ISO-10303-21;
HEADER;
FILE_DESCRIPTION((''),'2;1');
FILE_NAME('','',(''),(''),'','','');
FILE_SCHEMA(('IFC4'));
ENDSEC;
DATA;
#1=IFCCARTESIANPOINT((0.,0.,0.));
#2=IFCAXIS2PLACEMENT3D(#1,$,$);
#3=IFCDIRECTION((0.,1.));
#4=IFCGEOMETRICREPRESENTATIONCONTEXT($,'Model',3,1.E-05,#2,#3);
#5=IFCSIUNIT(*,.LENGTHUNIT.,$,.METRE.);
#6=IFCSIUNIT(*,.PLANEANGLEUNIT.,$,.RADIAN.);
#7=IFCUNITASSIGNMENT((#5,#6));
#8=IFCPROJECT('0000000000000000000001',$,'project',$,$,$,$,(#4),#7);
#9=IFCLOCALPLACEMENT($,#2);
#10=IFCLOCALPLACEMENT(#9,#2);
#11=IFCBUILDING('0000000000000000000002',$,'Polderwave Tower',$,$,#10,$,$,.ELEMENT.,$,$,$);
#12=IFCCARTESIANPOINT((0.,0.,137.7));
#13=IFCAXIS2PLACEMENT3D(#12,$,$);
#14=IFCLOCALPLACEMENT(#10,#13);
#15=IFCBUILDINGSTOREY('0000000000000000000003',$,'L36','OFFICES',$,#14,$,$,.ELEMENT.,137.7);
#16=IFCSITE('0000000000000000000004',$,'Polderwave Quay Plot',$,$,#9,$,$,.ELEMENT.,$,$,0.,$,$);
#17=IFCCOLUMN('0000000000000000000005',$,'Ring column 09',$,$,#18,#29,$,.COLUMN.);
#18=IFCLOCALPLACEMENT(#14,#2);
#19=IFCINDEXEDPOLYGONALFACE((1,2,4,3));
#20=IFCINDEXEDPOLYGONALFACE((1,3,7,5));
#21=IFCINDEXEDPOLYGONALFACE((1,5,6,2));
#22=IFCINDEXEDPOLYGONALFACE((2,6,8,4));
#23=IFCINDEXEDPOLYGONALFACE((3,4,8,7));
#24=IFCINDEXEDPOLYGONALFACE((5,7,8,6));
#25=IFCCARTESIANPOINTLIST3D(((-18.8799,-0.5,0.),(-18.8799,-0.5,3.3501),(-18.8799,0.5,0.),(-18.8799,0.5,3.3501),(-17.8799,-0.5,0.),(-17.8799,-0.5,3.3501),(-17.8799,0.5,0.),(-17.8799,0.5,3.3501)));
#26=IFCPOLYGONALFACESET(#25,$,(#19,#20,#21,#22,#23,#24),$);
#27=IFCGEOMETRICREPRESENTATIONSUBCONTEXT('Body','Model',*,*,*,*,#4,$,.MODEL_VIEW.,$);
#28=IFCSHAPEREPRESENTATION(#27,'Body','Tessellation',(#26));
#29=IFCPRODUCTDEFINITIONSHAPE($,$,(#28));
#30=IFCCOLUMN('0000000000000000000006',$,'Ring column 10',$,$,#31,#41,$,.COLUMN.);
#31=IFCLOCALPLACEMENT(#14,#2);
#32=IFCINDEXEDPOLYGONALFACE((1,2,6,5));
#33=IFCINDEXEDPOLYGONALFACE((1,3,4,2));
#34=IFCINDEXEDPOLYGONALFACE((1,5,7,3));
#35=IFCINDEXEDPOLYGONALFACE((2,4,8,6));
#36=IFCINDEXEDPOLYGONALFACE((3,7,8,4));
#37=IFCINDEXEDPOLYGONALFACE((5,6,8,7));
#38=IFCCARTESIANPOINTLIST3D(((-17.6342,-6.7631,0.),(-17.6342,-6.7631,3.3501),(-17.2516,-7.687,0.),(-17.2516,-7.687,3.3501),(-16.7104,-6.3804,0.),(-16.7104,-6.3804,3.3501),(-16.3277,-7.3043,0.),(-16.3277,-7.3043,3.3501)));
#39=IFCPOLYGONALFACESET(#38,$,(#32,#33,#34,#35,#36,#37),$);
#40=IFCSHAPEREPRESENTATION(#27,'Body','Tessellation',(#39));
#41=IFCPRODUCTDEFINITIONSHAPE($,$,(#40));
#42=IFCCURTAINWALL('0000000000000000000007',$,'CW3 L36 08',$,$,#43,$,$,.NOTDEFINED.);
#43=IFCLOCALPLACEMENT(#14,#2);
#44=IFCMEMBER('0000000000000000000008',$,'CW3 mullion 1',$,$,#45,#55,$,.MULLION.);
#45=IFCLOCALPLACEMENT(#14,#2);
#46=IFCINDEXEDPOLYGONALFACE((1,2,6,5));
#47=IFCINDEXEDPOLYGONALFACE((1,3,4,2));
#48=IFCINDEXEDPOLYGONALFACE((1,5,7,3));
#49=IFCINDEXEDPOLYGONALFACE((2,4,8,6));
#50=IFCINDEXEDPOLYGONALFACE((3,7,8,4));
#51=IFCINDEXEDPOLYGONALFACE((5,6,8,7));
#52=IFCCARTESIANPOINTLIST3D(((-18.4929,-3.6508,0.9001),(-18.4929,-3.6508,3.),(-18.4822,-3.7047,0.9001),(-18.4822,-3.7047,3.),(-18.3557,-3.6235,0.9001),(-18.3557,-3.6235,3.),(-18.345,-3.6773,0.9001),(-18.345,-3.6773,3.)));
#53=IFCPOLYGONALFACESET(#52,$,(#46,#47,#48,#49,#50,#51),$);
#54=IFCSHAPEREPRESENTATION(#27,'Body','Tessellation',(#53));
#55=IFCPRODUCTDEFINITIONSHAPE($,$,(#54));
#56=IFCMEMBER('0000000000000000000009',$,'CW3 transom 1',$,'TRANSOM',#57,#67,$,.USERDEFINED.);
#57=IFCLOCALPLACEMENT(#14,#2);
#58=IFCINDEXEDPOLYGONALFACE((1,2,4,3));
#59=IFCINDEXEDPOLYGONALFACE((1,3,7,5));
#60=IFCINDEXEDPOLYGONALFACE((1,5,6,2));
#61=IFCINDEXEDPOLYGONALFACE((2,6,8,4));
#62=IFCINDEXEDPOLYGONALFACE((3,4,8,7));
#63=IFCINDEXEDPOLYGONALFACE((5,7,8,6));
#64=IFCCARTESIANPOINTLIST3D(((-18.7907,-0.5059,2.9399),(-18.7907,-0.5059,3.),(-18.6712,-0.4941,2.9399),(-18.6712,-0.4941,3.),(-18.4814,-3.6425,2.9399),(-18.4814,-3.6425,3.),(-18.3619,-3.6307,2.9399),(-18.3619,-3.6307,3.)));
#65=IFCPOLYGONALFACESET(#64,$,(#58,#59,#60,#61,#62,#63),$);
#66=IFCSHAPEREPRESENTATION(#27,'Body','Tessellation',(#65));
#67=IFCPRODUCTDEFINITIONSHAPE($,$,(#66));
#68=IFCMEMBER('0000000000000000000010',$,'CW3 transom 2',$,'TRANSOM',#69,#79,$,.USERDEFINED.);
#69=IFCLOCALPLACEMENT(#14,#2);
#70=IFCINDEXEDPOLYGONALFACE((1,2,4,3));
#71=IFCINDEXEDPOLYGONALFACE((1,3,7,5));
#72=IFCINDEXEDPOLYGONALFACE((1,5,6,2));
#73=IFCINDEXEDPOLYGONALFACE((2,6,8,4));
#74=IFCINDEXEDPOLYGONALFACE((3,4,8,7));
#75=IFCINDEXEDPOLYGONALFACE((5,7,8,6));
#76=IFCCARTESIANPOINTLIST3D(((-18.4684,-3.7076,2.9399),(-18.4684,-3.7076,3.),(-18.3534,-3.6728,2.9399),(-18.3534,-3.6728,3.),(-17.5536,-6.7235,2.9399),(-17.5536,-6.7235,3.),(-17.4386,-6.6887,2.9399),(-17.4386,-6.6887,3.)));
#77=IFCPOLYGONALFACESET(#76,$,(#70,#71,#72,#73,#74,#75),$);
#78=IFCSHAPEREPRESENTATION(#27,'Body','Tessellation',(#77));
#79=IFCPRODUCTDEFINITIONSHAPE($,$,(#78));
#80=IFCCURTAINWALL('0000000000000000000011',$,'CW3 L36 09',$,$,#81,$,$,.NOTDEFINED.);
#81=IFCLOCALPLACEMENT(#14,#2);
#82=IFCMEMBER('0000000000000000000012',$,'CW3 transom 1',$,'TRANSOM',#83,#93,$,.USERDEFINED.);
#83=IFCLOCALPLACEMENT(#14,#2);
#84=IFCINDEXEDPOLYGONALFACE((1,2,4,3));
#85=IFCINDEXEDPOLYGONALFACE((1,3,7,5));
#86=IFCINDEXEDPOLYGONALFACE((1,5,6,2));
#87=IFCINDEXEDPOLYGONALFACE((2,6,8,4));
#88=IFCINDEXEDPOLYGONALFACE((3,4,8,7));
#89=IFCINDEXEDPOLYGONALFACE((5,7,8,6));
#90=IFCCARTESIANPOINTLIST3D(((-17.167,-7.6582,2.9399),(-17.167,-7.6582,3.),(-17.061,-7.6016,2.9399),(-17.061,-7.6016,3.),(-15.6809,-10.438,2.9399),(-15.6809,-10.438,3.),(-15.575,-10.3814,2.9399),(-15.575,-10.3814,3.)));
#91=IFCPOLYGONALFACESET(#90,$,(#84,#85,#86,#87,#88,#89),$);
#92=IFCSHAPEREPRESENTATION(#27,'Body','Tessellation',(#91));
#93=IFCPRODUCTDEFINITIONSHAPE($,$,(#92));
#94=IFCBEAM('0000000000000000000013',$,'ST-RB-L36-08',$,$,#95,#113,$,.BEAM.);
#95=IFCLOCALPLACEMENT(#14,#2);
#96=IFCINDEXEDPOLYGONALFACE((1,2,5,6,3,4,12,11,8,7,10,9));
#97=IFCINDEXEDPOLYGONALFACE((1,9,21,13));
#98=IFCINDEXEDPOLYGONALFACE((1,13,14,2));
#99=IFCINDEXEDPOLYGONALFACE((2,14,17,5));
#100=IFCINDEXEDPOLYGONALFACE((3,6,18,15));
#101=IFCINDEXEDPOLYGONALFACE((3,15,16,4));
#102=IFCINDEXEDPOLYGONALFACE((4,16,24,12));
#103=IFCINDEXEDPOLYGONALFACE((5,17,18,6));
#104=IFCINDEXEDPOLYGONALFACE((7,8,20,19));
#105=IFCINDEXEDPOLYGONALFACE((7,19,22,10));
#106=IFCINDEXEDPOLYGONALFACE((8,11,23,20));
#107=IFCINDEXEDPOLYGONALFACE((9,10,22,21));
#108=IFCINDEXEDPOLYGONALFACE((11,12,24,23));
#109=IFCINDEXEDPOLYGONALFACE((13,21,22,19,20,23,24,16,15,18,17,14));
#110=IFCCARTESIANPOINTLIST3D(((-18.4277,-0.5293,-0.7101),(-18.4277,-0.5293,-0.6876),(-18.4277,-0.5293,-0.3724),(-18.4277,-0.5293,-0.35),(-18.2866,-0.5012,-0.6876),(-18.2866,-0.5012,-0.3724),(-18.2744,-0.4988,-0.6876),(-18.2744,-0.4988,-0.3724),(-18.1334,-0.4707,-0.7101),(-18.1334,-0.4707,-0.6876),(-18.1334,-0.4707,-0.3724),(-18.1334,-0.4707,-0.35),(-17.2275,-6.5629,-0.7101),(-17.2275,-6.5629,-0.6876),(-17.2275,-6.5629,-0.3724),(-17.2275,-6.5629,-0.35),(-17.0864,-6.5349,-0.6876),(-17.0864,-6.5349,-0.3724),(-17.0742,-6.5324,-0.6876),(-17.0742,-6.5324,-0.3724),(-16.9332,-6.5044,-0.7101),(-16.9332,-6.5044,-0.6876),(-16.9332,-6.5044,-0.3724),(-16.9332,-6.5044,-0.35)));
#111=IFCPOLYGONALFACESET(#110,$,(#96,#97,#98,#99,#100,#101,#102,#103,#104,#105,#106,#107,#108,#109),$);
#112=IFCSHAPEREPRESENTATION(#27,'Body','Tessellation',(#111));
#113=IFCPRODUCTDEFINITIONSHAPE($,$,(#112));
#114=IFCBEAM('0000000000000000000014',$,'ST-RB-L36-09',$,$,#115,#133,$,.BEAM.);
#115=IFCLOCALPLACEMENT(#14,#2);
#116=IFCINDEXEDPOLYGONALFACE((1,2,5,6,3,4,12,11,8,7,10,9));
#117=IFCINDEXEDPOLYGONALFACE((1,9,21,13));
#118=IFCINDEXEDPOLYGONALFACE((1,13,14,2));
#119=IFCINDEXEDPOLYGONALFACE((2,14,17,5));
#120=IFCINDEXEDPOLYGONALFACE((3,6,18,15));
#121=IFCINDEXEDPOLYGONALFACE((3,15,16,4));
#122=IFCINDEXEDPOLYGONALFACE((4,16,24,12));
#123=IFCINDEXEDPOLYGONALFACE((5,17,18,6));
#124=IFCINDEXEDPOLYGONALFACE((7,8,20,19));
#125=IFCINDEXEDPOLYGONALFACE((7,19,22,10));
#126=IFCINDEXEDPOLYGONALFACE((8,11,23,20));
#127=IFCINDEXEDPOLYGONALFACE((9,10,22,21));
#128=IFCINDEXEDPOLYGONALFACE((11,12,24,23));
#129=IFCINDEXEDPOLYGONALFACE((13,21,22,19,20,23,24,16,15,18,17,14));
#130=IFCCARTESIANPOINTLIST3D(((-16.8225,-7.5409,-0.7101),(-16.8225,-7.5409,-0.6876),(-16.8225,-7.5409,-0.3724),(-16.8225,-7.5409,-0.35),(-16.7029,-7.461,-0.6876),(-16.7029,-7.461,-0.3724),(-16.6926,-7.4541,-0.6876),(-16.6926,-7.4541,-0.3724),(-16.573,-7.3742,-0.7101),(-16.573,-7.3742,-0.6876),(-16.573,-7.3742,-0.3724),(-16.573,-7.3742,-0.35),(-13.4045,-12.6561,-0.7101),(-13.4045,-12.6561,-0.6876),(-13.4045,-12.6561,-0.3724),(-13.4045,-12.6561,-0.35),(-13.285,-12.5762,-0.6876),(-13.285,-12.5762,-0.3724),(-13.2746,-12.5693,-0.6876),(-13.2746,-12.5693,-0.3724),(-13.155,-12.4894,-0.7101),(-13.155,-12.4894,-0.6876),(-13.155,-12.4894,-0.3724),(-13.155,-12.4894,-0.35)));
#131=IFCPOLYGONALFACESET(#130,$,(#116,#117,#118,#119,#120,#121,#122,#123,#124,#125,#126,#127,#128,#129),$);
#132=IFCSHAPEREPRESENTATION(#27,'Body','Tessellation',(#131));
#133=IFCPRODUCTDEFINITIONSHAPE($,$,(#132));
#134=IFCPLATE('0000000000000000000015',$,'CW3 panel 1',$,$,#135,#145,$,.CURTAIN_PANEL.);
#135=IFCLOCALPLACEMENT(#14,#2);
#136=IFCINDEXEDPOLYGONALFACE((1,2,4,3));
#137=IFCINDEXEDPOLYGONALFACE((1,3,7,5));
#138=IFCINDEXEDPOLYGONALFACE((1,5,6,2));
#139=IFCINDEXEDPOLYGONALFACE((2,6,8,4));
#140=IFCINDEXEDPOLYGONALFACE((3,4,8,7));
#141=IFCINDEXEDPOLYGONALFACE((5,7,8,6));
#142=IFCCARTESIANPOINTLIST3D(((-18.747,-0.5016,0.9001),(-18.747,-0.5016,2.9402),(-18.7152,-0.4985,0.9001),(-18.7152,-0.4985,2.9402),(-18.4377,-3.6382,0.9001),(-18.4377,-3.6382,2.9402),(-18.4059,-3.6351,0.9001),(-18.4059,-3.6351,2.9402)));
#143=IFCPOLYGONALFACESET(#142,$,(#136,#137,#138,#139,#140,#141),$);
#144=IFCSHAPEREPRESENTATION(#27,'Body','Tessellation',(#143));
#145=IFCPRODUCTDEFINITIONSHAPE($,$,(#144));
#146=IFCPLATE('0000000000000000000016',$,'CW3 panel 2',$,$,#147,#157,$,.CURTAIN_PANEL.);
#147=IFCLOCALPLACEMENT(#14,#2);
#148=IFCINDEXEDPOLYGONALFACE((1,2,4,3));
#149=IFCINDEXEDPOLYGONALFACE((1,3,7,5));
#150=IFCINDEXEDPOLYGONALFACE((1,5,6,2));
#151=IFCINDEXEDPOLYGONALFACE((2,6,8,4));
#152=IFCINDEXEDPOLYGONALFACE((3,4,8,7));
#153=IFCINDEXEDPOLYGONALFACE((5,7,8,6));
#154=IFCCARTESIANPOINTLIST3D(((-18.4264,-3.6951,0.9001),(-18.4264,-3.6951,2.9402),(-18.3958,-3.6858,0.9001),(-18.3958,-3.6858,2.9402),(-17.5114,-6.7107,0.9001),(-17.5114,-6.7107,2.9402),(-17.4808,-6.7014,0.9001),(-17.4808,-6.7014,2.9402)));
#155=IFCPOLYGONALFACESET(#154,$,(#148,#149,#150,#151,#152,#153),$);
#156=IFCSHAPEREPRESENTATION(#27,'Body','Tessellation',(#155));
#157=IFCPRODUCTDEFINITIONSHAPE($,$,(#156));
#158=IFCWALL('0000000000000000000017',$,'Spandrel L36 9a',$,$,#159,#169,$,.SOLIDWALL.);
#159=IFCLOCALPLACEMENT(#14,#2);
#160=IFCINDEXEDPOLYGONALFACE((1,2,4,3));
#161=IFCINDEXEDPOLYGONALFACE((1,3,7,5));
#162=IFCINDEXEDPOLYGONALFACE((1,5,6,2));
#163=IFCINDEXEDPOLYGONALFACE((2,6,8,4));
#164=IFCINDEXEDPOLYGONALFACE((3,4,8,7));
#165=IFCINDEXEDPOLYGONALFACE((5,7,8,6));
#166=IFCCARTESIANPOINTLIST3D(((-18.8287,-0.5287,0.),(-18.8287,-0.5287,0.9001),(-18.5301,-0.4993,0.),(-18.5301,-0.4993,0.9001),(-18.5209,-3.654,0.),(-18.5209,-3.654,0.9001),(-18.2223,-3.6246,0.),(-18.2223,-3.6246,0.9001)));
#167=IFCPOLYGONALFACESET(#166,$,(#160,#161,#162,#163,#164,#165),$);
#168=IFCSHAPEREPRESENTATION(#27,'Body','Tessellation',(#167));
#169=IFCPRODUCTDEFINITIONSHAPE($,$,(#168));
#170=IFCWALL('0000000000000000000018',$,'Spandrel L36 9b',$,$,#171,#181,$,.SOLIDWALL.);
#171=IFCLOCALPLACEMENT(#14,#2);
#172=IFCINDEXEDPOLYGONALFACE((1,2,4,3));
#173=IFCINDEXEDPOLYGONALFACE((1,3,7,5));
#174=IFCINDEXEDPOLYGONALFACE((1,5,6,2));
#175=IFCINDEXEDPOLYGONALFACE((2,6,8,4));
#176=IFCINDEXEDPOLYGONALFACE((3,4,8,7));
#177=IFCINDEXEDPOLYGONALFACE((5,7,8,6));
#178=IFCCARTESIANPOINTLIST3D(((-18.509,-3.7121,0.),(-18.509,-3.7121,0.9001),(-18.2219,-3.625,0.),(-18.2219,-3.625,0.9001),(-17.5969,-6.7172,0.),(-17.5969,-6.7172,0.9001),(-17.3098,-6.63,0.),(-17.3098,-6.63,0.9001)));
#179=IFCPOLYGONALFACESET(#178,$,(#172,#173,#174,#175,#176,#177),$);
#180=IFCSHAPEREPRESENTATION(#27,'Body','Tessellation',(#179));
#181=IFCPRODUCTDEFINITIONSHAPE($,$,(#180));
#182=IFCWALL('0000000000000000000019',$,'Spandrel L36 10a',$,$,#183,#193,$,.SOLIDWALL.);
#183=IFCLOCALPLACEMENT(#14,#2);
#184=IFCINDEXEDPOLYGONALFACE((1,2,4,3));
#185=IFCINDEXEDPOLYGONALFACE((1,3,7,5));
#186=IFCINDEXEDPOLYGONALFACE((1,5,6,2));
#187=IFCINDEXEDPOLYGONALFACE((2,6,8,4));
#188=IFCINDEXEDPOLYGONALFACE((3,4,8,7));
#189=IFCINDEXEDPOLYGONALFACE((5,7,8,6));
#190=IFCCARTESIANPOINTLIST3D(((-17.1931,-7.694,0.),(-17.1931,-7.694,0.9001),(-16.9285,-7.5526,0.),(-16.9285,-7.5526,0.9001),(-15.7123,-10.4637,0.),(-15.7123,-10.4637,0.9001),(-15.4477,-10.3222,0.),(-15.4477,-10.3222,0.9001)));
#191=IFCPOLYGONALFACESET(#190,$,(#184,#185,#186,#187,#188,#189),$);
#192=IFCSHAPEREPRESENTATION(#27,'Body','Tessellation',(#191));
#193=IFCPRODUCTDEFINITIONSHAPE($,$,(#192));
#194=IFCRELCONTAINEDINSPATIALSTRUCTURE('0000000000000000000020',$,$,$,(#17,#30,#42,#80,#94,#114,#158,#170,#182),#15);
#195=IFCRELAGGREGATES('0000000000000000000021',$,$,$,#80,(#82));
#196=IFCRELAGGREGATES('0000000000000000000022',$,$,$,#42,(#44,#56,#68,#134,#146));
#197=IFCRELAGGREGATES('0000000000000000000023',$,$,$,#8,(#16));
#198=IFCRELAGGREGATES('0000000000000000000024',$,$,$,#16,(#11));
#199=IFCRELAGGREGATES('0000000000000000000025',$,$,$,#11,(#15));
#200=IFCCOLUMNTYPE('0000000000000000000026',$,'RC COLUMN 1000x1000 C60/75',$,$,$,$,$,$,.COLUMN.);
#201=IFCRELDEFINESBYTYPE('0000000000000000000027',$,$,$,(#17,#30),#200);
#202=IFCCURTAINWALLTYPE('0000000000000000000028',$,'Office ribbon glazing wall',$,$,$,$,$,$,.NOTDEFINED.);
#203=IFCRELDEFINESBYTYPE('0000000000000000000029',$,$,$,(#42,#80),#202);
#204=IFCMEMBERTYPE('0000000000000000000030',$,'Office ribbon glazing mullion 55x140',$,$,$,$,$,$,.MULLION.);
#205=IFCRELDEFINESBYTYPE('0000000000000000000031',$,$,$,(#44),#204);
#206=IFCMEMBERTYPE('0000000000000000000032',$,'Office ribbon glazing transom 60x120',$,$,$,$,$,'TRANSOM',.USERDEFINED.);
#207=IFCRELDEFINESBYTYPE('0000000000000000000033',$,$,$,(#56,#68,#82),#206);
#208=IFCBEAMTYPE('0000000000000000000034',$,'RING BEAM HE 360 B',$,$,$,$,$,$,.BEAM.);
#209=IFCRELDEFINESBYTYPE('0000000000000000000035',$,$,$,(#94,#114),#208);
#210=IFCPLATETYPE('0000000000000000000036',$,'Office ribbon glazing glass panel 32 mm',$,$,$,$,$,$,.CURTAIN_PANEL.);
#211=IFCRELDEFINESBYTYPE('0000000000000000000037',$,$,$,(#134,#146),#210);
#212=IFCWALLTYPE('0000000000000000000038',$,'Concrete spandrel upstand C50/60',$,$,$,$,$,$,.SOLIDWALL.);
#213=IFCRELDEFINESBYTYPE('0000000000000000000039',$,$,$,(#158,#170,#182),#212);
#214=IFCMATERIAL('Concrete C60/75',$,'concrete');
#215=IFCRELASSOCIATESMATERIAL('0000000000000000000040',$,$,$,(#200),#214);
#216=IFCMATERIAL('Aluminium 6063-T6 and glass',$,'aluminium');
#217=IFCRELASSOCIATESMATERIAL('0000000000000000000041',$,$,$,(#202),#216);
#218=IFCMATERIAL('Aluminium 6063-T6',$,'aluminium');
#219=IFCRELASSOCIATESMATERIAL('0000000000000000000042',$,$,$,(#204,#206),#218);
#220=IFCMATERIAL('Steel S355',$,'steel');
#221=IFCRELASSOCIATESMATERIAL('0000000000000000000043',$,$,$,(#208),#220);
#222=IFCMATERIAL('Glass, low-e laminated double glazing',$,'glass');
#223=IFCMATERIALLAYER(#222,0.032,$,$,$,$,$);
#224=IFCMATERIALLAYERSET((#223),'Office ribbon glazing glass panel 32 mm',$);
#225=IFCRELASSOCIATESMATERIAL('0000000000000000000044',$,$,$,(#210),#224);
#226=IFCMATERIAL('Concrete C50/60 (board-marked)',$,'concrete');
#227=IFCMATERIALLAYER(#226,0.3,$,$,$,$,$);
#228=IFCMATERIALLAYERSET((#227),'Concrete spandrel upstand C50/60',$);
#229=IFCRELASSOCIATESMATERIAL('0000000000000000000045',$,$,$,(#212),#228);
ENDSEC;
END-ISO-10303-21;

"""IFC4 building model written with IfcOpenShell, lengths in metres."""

from ifc_helpers import new_model, si_unit, direction, frame, frame_2d, origin, origin_2d, place, context, subcontext, project, spatial, rectangle, i_section, extrude, material, layer, layer_set, material_profile, profile_set, type_object, element, aggregate, save


model = new_model("IFC4")

# Units and contexts
model_context = context("Model", 3, precision=1e-05, world=origin(), true_north=direction((0.0, 1.0)))
body_context = subcontext(model_context, "Body", "Model", "MODEL_VIEW")
ifc_project = project(units=[si_unit("LENGTHUNIT", "METRE"), si_unit("PLANEANGLEUNIT", "RADIAN")], contexts=[model_context])

# Site, building, storey
site_placement = place(None, origin())
site = spatial("IfcSite", under=ifc_project, at=site_placement, Name="Polderwave Quay Plot", CompositionType="ELEMENT", RefElevation=0.0)
building_placement = place(site_placement, origin())
building = spatial("IfcBuilding", under=site, at=building_placement, Name="Polderwave Tower", CompositionType="ELEMENT")
storey_placement = place(building_placement, frame((0.0, 0.0, 137.7)))
storey = spatial("IfcBuildingStorey", under=building, at=storey_placement, Name="L36", Description="OFFICES", CompositionType="ELEMENT", Elevation=137.7)

# Columns
ifc_material_1 = material(Name="Concrete C60/75", Category="concrete")
ifc_material_profile_1 = material_profile(ifc_material_1, rectangle(XDim=1.0, YDim=1.0, at=origin_2d()), Name="RC 1000x1000")
ifc_profile_set_1 = profile_set([ifc_material_profile_1], Name="Concrete C60/75")
column_type = type_object("IfcColumnType", Name="RC COLUMN 1000x1000 C60/75", PredefinedType="COLUMN", material=ifc_profile_set_1)
for number, where, z_axis, x_axis, name in (
    (1, (-18.3799, 0.0, 0.0), (0.0, 0.0, 1.0), (-1.0, 0.0, 0.0), "Ring column 09"),
    (2, (-16.981, -7.0337, 0.0), (0.0, 0.0, 1.0), (-0.92388, -0.382683, 0.0), "Ring column 10"),
):
    element("IfcColumn", number, at=place(storey_placement, frame(where, z_axis=z_axis, x_axis=x_axis)), inside=storey, type_object=column_type, Name=name, PredefinedType="COLUMN", context=body_context, shape_type="SweptSolid", body=[
        extrude(rectangle(XDim=1.0, YDim=1.0, at=origin_2d()), origin(), (0.0, 0.0, 1.0), 3.3501),
    ])

# Curtain wall, members
ifc_material_2 = material(Name="Aluminium 6063-T6 and glass", Category="aluminium")
curtain_wall_type = type_object("IfcCurtainWallType", Name="Office ribbon glazing wall", PredefinedType="NOTDEFINED", material=ifc_material_2)
curtain_wall_1_placement = place(storey_placement, origin())
curtain_wall_1 = element("IfcCurtainWall", 3, at=curtain_wall_1_placement, inside=storey, type_object=curtain_wall_type, Name="CW3 L36 08", PredefinedType="NOTDEFINED")
ifc_material_3 = material(Name="Aluminium 6063-T6", Category="aluminium")
ifc_material_profile_2 = material_profile(ifc_material_3, rectangle(XDim=0.1399, YDim=0.0549, at=origin_2d()), Name="AL 55x140")
ifc_profile_set_2 = profile_set([ifc_material_profile_2], Name="Aluminium 6063-T6")
member_type_1 = type_object("IfcMemberType", Name="Office ribbon glazing mullion 55x140", PredefinedType="MULLION", material=ifc_profile_set_2)
member_1_placement = place(storey_placement, frame((-18.4189, -3.6641, 0.9001), z_axis=(0.0, 0.0, 1.0), x_axis=(0.980768, 0.195179, 0.0)))
member_1 = element("IfcMember", 4, at=member_1_placement, type_object=member_type_1, Name="CW3 mullion 1", PredefinedType="MULLION", context=body_context, shape_type="SweptSolid", body=[
    extrude(rectangle(XDim=0.1399, YDim=0.0549, at=origin_2d()), origin(), (0.0, 0.0, 1.0), 2.0999),
])
ifc_material_profile_3 = material_profile(ifc_material_3, rectangle(XDim=0.1201, YDim=0.0601, at=origin_2d()), Name="AL 60x120")
ifc_profile_set_3 = profile_set([ifc_material_profile_3], Name="Aluminium 6063-T6")
member_type_2 = type_object("IfcMemberType", Name="Office ribbon glazing transom 60x120", ElementType="TRANSOM", PredefinedType="USERDEFINED", material=ifc_profile_set_3)
member_2_placement = place(storey_placement, frame((-18.731, -0.5, 2.97), z_axis=(0.098139, -0.995173, 0.0), x_axis=(0.995173, 0.098139, 0.0)))
member_2 = element("IfcMember", 5, at=member_2_placement, type_object=member_type_2, Name="CW3 transom 1", ObjectType="TRANSOM", PredefinedType="USERDEFINED", context=body_context, shape_type="SweptSolid", body=[
    extrude(rectangle(XDim=0.1201, YDim=0.0601, at=origin_2d()), origin(), (0.0, 0.0, 1.0), 3.1519),
])
member_3_placement = place(storey_placement, frame((-18.4109, -3.6902, 2.97), z_axis=(0.290268, -0.956946, 0.0), x_axis=(0.956946, 0.290268, 0.0)))
member_3 = element("IfcMember", 6, at=member_3_placement, type_object=member_type_2, Name="CW3 transom 2", ObjectType="TRANSOM", PredefinedType="USERDEFINED", context=body_context, shape_type="SweptSolid", body=[
    extrude(rectangle(XDim=0.1201, YDim=0.0601, at=origin_2d()), origin(), (0.0, 0.0, 1.0), 3.1516),
])

# Curtain wall, member
curtain_wall_2_placement = place(storey_placement, origin())
curtain_wall_2 = element("IfcCurtainWall", 7, at=curtain_wall_2_placement, inside=storey, type_object=curtain_wall_type, Name="CW3 L36 09", PredefinedType="NOTDEFINED")
member_4_placement = place(storey_placement, frame((-17.114, -7.6299, 2.97), z_axis=(0.47146, -0.881887, 0.0), x_axis=(0.881887, 0.47146, 0.0)))
member_4 = element("IfcMember", 8, at=member_4_placement, type_object=member_type_2, Name="CW3 transom 1", ObjectType="TRANSOM", PredefinedType="USERDEFINED", context=body_context, shape_type="SweptSolid", body=[
    extrude(rectangle(XDim=0.1201, YDim=0.0601, at=origin_2d()), origin(), (0.0, 0.0, 1.0), 3.1521),
])
aggregate(curtain_wall_2, [member_4])

# Beams
ifc_material_4 = material(Name="Steel S355", Category="steel")
ifc_material_profile_4 = material_profile(ifc_material_4, i_section(OverallWidth=0.3, OverallDepth=0.3601, WebThickness=0.0125, FlangeThickness=0.0225, at=origin_2d()), Name="HE 360 B")
ifc_profile_set_4 = profile_set([ifc_material_profile_4], Name="Steel S355")
beam_type = type_object("IfcBeamType", Name="RING BEAM HE 360 B", PredefinedType="BEAM", material=ifc_profile_set_4)
beam_1_placement = place(storey_placement, frame((-18.2805, -0.5, -0.53), z_axis=(0.195093, -0.980785, 0.0), x_axis=(0.980785, 0.195093, 0.0)))
element("IfcBeam", 9, at=beam_1_placement, inside=storey, type_object=beam_type, Name="ST-RB-L36-08", PredefinedType="BEAM", context=body_context, shape_type="SweptSolid", body=[
    extrude(i_section(OverallWidth=0.3, OverallDepth=0.3601, WebThickness=0.0125, FlangeThickness=0.0225, at=origin_2d()), origin(), (0.0, 0.0, 1.0), 6.1519),
])
beam_2_placement = place(storey_placement, frame((-16.6978, -7.4575, -0.53), z_axis=(0.555579, -0.831464, 0.0), x_axis=(0.831464, 0.555579, 0.0)))
element("IfcBeam", 10, at=beam_2_placement, inside=storey, type_object=beam_type, Name="ST-RB-L36-09", PredefinedType="BEAM", context=body_context, shape_type="SweptSolid", body=[
    extrude(i_section(OverallWidth=0.3, OverallDepth=0.3601, WebThickness=0.0125, FlangeThickness=0.0225, at=origin_2d()), origin(), (0.0, 0.0, 1.0), 6.1521),
])

# Plates
ifc_material_5 = material(Name="Glass, low-e laminated double glazing", Category="glass")
ifc_layer_1 = layer(ifc_material_5, 0.032)
ifc_layer_set_1 = layer_set([ifc_layer_1], Name="Office ribbon glazing glass panel 32 mm")
plate_type = type_object("IfcPlateType", Name="Office ribbon glazing glass panel 32 mm", PredefinedType="CURTAIN_PANEL", material=ifc_layer_set_1)
plate_1_placement = place(storey_placement, frame((-18.5764, -2.0684, 0.9001), z_axis=(0.0, 0.0, 1.0), x_axis=(0.098134, -0.995173, 0.0)))
plate_1 = element("IfcPlate", 11, at=plate_1_placement, type_object=plate_type, Name="CW3 panel 1", PredefinedType="CURTAIN_PANEL", context=body_context, shape_type="SweptSolid", body=[
    extrude(rectangle(XDim=3.1519, YDim=0.032, at=origin_2d()), origin(), (0.0, 0.0, 1.0), 2.04),
])
plate_2_placement = place(storey_placement, frame((-17.9536, -5.1982, 0.9001), z_axis=(0.0, 0.0, 1.0), x_axis=(0.290348, -0.956921, 0.0)))
plate_2 = element("IfcPlate", 12, at=plate_2_placement, type_object=plate_type, Name="CW3 panel 2", PredefinedType="CURTAIN_PANEL", context=body_context, shape_type="SweptSolid", body=[
    extrude(rectangle(XDim=3.1514, YDim=0.032, at=origin_2d()), origin(), (0.0, 0.0, 1.0), 2.04),
])
aggregate(curtain_wall_1, [member_1, member_2, member_3, plate_1, plate_2])

# Walls
ifc_material_6 = material(Name="Concrete C50/60 (board-marked)", Category="concrete")
ifc_layer_2 = layer(ifc_material_6, 0.3)
ifc_layer_set_2 = layer_set([ifc_layer_2], Name="Concrete spandrel upstand C50/60")
wall_type_1 = type_object("IfcWallType", Name="Concrete spandrel upstand C50/60", PredefinedType="SOLIDWALL", material=ifc_layer_set_2)
for number, where, z_axis, x_axis, name in (
    (13, (-18.6794, -0.5139, 0.0), (0.0, 0.0, 1.0), (0.098033, -0.995183, 0.0), "Spandrel L36 9a"),
    (14, (-18.3655, -3.6685, 0.0), (0.0, 0.0, 1.0), (0.290435, -0.956895, 0.0), "Spandrel L36 9b"),
):
    element("IfcWall", number, at=place(storey_placement, frame(where, z_axis=z_axis, x_axis=x_axis)), inside=storey, type_object=wall_type_1, Name=name, PredefinedType="SOLIDWALL", context=body_context, shape_type="SweptSolid", body=[
        extrude(rectangle(XDim=3.1404, YDim=0.3, at=frame_2d((1.5703, 0.0))), origin(), (0.0, 0.0, 1.0), 0.9001),
    ])
wall_1_placement = place(storey_placement, frame((-17.0608, -7.6233, 0.0), z_axis=(0.0, 0.0, 1.0), x_axis=(0.471488, -0.881873, 0.0)))
element("IfcWall", 15, at=wall_1_placement, inside=storey, type_object=wall_type_1, Name="Spandrel L36 10a", PredefinedType="SOLIDWALL", context=body_context, shape_type="SweptSolid", body=[
    extrude(rectangle(XDim=3.1406, YDim=0.3, at=frame_2d((1.5703, 0.0))), origin(), (0.0, 0.0, 1.0), 0.9001),
])

save(model, "model.ifc")
